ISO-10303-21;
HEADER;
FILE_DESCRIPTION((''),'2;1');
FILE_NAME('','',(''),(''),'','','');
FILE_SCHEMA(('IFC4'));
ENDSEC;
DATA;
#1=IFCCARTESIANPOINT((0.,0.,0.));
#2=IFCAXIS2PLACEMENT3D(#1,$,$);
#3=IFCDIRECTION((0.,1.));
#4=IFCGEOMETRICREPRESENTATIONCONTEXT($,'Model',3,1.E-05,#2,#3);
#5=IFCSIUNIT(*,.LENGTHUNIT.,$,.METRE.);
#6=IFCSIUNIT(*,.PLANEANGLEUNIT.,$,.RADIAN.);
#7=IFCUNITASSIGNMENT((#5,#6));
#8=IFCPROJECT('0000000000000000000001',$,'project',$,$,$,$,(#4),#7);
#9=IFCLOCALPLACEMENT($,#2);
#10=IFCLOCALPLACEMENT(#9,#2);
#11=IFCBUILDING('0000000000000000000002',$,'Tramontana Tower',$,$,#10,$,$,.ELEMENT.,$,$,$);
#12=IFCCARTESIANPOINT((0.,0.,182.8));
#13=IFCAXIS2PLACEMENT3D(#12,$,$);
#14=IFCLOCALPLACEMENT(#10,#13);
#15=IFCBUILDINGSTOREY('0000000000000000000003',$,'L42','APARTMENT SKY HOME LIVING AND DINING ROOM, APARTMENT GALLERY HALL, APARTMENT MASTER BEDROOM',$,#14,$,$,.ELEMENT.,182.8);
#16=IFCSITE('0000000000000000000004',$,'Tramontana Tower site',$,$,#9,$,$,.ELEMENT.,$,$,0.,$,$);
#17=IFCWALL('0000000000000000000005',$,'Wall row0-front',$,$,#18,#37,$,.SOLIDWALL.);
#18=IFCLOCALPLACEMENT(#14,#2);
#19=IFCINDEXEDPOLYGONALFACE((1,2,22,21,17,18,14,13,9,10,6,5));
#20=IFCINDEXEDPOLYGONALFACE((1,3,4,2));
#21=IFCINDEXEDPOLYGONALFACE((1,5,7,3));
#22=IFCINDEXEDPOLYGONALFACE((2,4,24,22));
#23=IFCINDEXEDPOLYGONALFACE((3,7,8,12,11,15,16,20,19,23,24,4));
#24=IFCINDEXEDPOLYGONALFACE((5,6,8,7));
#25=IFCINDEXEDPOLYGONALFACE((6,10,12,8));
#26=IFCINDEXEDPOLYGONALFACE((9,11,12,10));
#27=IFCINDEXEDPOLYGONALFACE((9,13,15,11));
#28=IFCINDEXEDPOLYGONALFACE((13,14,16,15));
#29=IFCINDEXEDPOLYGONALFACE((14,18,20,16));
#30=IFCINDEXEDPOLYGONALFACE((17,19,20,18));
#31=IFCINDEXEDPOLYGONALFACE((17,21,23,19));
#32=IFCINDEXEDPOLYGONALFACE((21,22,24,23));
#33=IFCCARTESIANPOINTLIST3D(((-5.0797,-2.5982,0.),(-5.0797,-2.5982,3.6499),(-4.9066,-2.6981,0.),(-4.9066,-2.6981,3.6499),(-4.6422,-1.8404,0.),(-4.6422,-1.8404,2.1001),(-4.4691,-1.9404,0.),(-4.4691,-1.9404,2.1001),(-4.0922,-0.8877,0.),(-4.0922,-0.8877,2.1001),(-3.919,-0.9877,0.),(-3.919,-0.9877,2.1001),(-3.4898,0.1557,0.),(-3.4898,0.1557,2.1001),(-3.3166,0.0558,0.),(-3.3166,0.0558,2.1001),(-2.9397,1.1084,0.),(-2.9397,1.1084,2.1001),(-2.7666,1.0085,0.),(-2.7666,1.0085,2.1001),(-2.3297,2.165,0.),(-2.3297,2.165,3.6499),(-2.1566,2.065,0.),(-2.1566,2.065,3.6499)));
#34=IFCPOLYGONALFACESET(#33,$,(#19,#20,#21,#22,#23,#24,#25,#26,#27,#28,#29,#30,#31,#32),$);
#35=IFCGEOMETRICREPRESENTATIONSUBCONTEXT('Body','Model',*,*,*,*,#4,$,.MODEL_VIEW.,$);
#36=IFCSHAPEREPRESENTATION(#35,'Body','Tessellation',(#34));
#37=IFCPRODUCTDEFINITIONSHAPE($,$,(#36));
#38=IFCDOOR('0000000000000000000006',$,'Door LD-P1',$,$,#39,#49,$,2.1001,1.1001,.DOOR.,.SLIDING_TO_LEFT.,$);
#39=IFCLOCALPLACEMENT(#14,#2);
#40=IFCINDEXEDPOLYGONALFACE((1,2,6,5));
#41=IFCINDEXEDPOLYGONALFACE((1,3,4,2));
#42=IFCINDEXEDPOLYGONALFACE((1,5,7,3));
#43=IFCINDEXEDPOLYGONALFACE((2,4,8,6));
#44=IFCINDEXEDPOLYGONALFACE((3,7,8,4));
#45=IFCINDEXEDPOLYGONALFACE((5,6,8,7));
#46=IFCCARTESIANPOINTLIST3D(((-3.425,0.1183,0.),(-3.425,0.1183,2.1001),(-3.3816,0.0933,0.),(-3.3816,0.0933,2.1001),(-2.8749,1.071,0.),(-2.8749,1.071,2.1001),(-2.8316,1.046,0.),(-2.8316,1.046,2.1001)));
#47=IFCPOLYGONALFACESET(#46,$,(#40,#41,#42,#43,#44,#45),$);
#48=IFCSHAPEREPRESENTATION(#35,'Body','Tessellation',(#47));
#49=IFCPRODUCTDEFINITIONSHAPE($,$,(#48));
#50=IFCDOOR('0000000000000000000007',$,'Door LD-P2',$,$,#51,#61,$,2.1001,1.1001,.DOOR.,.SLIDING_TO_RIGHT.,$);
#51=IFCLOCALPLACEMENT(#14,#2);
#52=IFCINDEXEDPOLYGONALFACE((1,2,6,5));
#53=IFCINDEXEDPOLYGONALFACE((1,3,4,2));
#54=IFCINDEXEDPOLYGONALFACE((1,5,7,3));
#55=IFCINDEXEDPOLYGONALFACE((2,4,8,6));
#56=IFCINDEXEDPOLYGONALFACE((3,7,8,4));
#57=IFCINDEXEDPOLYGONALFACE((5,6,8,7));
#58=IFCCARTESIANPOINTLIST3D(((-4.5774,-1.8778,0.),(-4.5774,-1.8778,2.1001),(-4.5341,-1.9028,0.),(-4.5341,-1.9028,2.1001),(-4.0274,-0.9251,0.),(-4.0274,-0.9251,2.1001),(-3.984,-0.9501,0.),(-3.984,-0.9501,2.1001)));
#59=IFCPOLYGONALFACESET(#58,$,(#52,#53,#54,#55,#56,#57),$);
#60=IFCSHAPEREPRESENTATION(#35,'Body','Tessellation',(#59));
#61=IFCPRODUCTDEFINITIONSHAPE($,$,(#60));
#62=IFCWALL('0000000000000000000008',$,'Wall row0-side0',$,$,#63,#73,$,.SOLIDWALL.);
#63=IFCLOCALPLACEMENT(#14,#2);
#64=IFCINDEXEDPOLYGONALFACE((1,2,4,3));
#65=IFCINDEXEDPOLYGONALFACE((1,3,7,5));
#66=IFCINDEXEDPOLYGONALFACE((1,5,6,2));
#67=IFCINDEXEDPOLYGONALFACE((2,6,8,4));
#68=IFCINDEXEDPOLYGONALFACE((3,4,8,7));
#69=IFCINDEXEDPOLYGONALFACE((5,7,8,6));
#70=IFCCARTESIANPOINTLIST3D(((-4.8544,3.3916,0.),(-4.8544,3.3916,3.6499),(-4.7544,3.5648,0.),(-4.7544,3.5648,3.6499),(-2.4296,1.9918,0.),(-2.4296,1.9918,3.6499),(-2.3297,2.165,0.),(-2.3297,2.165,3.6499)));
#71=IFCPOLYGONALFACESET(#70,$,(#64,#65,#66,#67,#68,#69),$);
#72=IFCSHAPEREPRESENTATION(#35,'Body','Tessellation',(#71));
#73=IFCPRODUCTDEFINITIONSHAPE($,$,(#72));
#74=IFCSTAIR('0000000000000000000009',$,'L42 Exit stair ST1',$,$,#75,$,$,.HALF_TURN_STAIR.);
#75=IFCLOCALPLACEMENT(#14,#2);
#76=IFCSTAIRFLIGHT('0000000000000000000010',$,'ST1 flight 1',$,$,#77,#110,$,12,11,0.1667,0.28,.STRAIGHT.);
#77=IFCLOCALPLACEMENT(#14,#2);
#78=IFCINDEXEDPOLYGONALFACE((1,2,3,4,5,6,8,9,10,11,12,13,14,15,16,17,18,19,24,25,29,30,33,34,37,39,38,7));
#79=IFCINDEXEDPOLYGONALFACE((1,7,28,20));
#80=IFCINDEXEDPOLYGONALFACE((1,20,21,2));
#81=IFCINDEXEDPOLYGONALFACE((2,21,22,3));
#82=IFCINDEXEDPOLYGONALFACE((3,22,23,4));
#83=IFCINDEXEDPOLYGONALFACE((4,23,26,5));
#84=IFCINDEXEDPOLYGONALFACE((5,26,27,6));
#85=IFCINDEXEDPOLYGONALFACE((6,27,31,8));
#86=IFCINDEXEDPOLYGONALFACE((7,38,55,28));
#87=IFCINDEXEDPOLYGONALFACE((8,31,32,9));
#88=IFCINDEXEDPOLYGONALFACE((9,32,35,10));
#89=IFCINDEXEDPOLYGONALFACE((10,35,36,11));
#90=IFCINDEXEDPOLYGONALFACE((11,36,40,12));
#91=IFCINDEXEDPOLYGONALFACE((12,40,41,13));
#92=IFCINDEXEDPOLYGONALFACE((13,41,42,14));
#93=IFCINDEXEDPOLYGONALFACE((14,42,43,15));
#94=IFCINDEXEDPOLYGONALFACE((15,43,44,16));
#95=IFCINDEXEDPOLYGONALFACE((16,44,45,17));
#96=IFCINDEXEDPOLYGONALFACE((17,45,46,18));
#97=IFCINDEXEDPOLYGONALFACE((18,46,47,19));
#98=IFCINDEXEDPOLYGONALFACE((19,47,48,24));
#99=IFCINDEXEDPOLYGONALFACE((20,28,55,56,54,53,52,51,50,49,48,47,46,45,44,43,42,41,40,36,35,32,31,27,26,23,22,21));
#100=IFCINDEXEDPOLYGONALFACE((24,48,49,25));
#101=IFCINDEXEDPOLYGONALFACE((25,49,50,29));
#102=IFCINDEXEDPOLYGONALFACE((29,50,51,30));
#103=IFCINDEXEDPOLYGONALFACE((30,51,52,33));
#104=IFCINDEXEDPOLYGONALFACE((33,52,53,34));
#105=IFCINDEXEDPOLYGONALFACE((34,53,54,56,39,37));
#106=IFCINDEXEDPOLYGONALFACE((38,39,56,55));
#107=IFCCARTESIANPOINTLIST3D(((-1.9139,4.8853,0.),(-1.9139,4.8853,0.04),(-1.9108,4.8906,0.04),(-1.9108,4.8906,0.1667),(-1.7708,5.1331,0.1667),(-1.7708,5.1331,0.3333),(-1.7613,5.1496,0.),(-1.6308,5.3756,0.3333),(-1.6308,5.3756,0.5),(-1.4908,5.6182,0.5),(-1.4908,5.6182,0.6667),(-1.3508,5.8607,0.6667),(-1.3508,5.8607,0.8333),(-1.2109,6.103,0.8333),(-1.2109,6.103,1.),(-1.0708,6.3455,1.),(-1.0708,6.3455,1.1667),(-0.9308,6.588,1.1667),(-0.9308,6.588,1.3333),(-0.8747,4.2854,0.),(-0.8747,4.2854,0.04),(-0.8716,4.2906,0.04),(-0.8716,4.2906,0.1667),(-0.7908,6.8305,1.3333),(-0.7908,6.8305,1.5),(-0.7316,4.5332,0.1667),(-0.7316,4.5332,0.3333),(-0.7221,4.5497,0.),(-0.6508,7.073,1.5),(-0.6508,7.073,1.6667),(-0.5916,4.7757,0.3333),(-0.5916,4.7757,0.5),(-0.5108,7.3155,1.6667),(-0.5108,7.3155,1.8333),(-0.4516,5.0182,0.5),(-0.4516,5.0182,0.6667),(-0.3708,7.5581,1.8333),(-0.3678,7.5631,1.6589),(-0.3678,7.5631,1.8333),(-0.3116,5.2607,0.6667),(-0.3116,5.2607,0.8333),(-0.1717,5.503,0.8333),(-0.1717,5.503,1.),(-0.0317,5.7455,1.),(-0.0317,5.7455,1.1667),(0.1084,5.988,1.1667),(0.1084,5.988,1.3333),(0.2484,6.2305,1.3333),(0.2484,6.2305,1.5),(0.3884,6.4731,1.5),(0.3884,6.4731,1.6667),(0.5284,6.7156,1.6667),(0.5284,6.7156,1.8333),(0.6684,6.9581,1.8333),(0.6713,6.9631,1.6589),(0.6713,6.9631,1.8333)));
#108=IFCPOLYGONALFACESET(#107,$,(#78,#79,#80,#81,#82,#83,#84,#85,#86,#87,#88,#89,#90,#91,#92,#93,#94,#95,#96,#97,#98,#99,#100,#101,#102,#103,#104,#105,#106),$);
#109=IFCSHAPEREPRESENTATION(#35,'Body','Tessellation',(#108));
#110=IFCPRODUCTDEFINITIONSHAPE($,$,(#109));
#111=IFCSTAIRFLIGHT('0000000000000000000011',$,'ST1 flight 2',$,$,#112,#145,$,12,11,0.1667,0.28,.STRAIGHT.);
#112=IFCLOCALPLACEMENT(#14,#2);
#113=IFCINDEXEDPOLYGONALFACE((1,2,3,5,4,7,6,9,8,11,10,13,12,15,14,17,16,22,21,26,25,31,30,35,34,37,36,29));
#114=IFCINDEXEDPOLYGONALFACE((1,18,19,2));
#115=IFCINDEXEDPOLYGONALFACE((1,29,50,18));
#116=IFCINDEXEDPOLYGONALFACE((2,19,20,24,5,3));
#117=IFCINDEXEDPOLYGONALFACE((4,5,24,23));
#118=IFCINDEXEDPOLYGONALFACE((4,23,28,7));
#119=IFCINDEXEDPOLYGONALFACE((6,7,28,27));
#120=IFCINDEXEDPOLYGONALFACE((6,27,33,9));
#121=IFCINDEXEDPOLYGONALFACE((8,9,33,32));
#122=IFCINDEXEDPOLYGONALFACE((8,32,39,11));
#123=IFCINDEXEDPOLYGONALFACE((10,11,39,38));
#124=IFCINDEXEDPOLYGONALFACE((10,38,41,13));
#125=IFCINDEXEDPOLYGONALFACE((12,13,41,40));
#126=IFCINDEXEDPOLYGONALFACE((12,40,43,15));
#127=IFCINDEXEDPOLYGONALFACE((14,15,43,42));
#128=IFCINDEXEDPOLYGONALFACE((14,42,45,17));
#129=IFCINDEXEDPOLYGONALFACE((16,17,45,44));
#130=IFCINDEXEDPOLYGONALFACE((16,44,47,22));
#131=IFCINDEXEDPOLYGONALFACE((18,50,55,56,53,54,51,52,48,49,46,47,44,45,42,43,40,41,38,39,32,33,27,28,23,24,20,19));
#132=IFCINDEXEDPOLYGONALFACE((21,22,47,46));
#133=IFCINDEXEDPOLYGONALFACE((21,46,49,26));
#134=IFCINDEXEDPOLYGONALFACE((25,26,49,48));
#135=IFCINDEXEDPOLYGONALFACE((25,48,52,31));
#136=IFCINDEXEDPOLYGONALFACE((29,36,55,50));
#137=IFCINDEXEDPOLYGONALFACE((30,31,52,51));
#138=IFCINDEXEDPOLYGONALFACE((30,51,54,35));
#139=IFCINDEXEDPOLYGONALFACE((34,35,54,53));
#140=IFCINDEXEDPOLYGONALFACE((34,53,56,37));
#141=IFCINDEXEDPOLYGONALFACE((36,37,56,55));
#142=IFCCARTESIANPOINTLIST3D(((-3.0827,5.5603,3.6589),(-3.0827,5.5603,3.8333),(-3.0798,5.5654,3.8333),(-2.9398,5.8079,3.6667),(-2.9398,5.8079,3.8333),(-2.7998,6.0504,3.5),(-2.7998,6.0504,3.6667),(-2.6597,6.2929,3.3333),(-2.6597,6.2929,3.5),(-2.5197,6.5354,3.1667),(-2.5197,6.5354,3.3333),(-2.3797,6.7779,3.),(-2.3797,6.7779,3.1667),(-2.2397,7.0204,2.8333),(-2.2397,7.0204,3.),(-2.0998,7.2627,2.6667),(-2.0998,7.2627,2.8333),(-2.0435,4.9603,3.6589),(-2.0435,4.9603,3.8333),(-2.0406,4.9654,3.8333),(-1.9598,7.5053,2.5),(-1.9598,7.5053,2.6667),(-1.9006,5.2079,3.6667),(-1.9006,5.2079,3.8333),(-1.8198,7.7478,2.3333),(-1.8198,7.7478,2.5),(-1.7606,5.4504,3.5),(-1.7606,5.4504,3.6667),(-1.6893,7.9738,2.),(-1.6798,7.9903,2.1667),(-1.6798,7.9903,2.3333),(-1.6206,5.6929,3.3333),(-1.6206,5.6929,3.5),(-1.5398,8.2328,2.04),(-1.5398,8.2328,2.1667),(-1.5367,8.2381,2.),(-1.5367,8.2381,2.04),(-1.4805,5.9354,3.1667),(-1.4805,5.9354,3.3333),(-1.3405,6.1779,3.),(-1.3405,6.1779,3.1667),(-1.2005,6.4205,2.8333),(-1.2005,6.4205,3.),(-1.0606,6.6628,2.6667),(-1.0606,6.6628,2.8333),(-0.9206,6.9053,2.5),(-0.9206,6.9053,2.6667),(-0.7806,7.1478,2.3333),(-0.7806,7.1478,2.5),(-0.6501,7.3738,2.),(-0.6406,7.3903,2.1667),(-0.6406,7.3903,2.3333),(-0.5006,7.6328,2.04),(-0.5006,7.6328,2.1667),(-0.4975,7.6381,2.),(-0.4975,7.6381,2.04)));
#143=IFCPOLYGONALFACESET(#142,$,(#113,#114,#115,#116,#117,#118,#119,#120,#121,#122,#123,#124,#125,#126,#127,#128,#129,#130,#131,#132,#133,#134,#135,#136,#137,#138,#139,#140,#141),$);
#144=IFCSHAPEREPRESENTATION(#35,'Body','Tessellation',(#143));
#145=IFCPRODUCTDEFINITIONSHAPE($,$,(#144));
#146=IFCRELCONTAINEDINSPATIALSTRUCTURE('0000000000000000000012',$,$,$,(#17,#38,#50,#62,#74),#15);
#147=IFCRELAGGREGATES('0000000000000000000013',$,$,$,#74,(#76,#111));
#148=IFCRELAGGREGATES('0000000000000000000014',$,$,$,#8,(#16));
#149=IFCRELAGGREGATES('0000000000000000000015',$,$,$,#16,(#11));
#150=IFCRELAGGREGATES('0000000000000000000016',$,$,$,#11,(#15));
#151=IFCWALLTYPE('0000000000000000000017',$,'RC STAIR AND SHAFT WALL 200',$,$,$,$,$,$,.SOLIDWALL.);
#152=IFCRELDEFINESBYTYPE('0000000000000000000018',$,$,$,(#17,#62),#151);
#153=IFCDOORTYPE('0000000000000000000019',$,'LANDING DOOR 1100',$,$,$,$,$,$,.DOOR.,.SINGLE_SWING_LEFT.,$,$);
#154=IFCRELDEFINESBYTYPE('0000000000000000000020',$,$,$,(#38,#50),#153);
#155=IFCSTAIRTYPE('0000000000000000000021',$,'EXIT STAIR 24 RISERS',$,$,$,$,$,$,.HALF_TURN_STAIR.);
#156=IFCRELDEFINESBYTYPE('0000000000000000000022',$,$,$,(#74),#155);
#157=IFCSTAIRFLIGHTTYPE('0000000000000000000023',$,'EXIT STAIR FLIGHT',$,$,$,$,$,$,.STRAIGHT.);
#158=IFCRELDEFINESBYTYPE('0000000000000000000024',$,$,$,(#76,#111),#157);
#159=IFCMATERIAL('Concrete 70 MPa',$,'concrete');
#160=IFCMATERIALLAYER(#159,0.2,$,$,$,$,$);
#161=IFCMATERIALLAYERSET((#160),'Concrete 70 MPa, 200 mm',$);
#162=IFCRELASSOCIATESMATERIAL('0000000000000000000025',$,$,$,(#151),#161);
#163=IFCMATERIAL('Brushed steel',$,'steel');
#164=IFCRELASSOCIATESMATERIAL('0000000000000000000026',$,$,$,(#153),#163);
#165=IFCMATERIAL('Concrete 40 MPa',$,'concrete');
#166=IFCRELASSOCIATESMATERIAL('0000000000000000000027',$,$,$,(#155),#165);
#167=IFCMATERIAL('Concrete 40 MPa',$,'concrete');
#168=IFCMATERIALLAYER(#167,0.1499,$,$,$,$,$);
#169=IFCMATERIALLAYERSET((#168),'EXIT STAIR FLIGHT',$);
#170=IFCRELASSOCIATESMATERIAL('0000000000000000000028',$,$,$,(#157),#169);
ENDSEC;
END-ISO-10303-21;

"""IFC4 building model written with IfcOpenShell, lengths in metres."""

from ifc_helpers import new_model, si_unit, direction, frame, frame_2d, origin, place, context, subcontext, project, spatial, polyline, rectangle, outline, extrude, material, layer, layer_set, type_object, element, fill, aggregate, save


model = new_model("IFC4")

# Units and contexts
model_context = context("Model", 3, precision=1e-05, world=origin(), true_north=direction((0.0, 1.0)))
body_context = subcontext(model_context, "Body", "Model", "MODEL_VIEW")
ifc_project = project(units=[si_unit("LENGTHUNIT", "METRE"), si_unit("PLANEANGLEUNIT", "RADIAN")], contexts=[model_context])

# Site, building, storey
site_placement = place(None, origin())
site = spatial("IfcSite", under=ifc_project, at=site_placement, Name="Tramontana Tower site", CompositionType="ELEMENT", RefElevation=0.0)
building_placement = place(site_placement, origin())
building = spatial("IfcBuilding", under=site, at=building_placement, Name="Tramontana Tower", CompositionType="ELEMENT")
storey_placement = place(building_placement, frame((0.0, 0.0, 182.8)))
storey = spatial("IfcBuildingStorey", under=building, at=storey_placement, Name="L42", Description="APARTMENT SKY HOME LIVING AND DINING ROOM, APARTMENT GALLERY HALL, APARTMENT MASTER BEDROOM", CompositionType="ELEMENT", Elevation=182.8)

# Shared definitions
ifc_material_1 = material(Name="Concrete 70 MPa", Category="concrete")
ifc_layer_1 = layer(ifc_material_1, 0.2)
ifc_layer_set_1 = layer_set([ifc_layer_1], Name="Concrete 70 MPa, 200 mm")
wall_type_1 = type_object("IfcWallType", Name="RC STAIR AND SHAFT WALL 200", PredefinedType="SOLIDWALL", material=ifc_layer_set_1)

# Wall, openings, doors
wall_1_placement = place(storey_placement, frame((-2.2432, 2.115, 0.0), z_axis=(0.0, 0.0, 1.0), x_axis=(-0.499997, -0.866027, 0.0)))
wall_1 = element("IfcWall", 1, at=wall_1_placement, inside=storey, type_object=wall_type_1, Name="Wall row0-front", PredefinedType="SOLIDWALL", context=body_context, shape_type="SweptSolid", body=[
    extrude(rectangle(XDim=5.5, YDim=0.2, at=frame_2d((2.75, 0.0))), origin(), (0.0, 0.0, 1.0), 3.6499),
])
opening_1_placement = place(wall_1_placement, frame((1.22, 0.0, 0.0)))
opening_1 = element("IfcOpeningElement", 2, at=opening_1_placement, cuts=wall_1, PredefinedType="OPENING", context=body_context, shape_type="SweptSolid", body=[
    extrude(rectangle(XDim=1.1001, YDim=2.1001, at=frame_2d((0.55, 1.05))), frame((0.0, 0.1099, 0.0), z_axis=(0.0, -1.0, 0.0), x_axis=(1.0, 0.0, 0.0)), (0.0, 0.0, 1.0), 0.22),
])
opening_2_placement = place(wall_1_placement, frame((3.5249, 0.0, 0.0)))
opening_2 = element("IfcOpeningElement", 3, at=opening_2_placement, cuts=wall_1, PredefinedType="OPENING", context=body_context, shape_type="SweptSolid", body=[
    extrude(rectangle(XDim=1.1001, YDim=2.1001, at=frame_2d((0.55, 1.05))), frame((0.0, 0.1099, 0.0), z_axis=(0.0, -1.0, 0.0), x_axis=(1.0, 0.0, 0.0)), (0.0, 0.0, 1.0), 0.22),
])
ifc_material_2 = material(Name="Brushed steel", Category="steel")
door_type_1 = type_object("IfcDoorType", Name="LANDING DOOR 1100", OperationType="SINGLE_SWING_LEFT", PredefinedType="DOOR", material=ifc_material_2)
door_1_placement = place(opening_1_placement, origin())
door_1 = element("IfcDoor", 4, at=door_1_placement, inside=storey, type_object=door_type_1, Name="Door LD-P1", OperationType="SLIDING_TO_LEFT", OverallHeight=2.1001, OverallWidth=1.1001, PredefinedType="DOOR", context=body_context, shape_type="SweptSolid", body=[
    extrude(rectangle(XDim=1.1001, YDim=2.1001, at=frame_2d((0.55, 1.05))), frame((0.0, 0.0249, 0.0), z_axis=(0.0, -1.0, 0.0), x_axis=(1.0, 0.0, 0.0)), (0.0, 0.0, 1.0), 0.05),
])
fill(opening_1, door_1)
door_2_placement = place(opening_2_placement, origin())
door_2 = element("IfcDoor", 5, at=door_2_placement, inside=storey, type_object=door_type_1, Name="Door LD-P2", OperationType="SLIDING_TO_RIGHT", OverallHeight=2.1001, OverallWidth=1.1001, PredefinedType="DOOR", context=body_context, shape_type="SweptSolid", body=[
    extrude(rectangle(XDim=1.1001, YDim=2.1001, at=frame_2d((0.55, 1.05))), frame((0.0, 0.0249, 0.0), z_axis=(0.0, -1.0, 0.0), x_axis=(1.0, 0.0, 0.0)), (0.0, 0.0, 1.0), 0.05),
])
fill(opening_2, door_2)

# Wall
wall_2_placement = place(storey_placement, frame((-2.3796, 2.0784, 0.0), z_axis=(0.0, 0.0, 1.0), x_axis=(-0.866035, 0.499984, 0.0)))
element("IfcWall", 6, at=wall_2_placement, inside=storey, type_object=wall_type_1, Name="Wall row0-side0", PredefinedType="SOLIDWALL", context=body_context, shape_type="SweptSolid", body=[
    extrude(rectangle(XDim=2.7998, YDim=0.2, at=frame_2d((1.3999, 0.0))), origin(), (0.0, 0.0, 1.0), 3.6499),
])

# Stair, stair flights
ifc_material_3 = material(Name="Concrete 40 MPa", Category="concrete")
stair_type = type_object("IfcStairType", Name="EXIT STAIR 24 RISERS", PredefinedType="HALF_TURN_STAIR", material=ifc_material_3)
stair_placement = place(storey_placement, origin())
stair = element("IfcStair", 7, at=stair_placement, inside=storey, type_object=stair_type, Name="L42 Exit stair ST1", PredefinedType="HALF_TURN_STAIR")
ifc_material_4 = material(Name="Concrete 40 MPa", Category="concrete")
ifc_layer_2 = layer(ifc_material_4, 0.1499)
ifc_layer_set_2 = layer_set([ifc_layer_2], Name="EXIT STAIR FLIGHT")
stair_flight_type = type_object("IfcStairFlightType", Name="EXIT STAIR FLIGHT", PredefinedType="STRAIGHT", material=ifc_layer_set_2)
stair_flight_1_placement = place(storey_placement, frame((-1.3911, 4.5906, 0.0), z_axis=(0.0, 0.0, 1.0), x_axis=(0.5, 0.866025, 0.0)))
stair_flight_1 = element("IfcStairFlight", 8, at=stair_flight_1_placement, type_object=stair_flight_type, Name="ST1 flight 1", NumberOfRisers=12, NumberOfTreads=11, PredefinedType="STRAIGHT", RiserHeight=0.1667, TreadLength=0.28, context=body_context, shape_type="SweptSolid", body=[
    extrude(outline(polyline([(-0.0061, 0.0), (-0.0061, 0.04), (0.0, 0.04), (0.0, 0.1667), (0.28, 0.1667), (0.28, 0.3333), (0.5601, 0.3333), (0.5601, 0.5), (0.8401, 0.5), (0.8401, 0.6667), (1.1201, 0.6667), (1.1201, 0.8333), (1.3999, 0.8333), (1.3999, 1.0), (1.6799, 1.0), (1.6799, 1.1667), (1.96, 1.1667), (1.96, 1.3333), (2.24, 1.3333), (2.24, 1.5), (2.52, 1.5), (2.52, 1.6667), (2.8, 1.6667), (2.8, 1.8333), (3.0801, 1.8333), (3.0859, 1.8333), (3.0859, 1.6589), (0.2991, 0.0), (-0.0061, 0.0)])), frame((0.0, 0.6001, 0.0), z_axis=(0.0, -1.0, 0.0), x_axis=(1.0, 0.0, 0.0)), (0.0, 0.0, 1.0), 1.2),
])
stair_flight_2_placement = place(storey_placement, frame((-1.0203, 7.9329, 2.0), z_axis=(0.0, 0.0, 1.0), x_axis=(-0.5, -0.866025, 0.0)))
stair_flight_2 = element("IfcStairFlight", 9, at=stair_flight_2_placement, type_object=stair_flight_type, Name="ST1 flight 2", NumberOfRisers=12, NumberOfTreads=11, PredefinedType="STRAIGHT", RiserHeight=0.1667, TreadLength=0.28, context=body_context, shape_type="SweptSolid", body=[
    extrude(outline(polyline([(-0.0061, 0.0), (-0.0061, 0.04), (0.0, 0.04), (0.0, 0.1667), (0.28, 0.1667), (0.28, 0.3333), (0.5601, 0.3333), (0.5601, 0.5), (0.8401, 0.5), (0.8401, 0.6667), (1.1201, 0.6667), (1.1201, 0.8333), (1.3999, 0.8333), (1.3999, 1.0), (1.6799, 1.0), (1.6799, 1.1667), (1.96, 1.1667), (1.96, 1.3333), (2.24, 1.3333), (2.24, 1.5), (2.52, 1.5), (2.52, 1.6667), (2.8, 1.6667), (2.8, 1.8333), (3.0801, 1.8333), (3.0859, 1.8333), (3.0859, 1.6589), (0.2991, 0.0), (-0.0061, 0.0)])), frame((0.0, 0.6001, 0.0), z_axis=(0.0, -1.0, 0.0), x_axis=(1.0, 0.0, 0.0)), (0.0, 0.0, 1.0), 1.2),
])
aggregate(stair, [stair_flight_1, stair_flight_2])

save(model, "model.ifc")
